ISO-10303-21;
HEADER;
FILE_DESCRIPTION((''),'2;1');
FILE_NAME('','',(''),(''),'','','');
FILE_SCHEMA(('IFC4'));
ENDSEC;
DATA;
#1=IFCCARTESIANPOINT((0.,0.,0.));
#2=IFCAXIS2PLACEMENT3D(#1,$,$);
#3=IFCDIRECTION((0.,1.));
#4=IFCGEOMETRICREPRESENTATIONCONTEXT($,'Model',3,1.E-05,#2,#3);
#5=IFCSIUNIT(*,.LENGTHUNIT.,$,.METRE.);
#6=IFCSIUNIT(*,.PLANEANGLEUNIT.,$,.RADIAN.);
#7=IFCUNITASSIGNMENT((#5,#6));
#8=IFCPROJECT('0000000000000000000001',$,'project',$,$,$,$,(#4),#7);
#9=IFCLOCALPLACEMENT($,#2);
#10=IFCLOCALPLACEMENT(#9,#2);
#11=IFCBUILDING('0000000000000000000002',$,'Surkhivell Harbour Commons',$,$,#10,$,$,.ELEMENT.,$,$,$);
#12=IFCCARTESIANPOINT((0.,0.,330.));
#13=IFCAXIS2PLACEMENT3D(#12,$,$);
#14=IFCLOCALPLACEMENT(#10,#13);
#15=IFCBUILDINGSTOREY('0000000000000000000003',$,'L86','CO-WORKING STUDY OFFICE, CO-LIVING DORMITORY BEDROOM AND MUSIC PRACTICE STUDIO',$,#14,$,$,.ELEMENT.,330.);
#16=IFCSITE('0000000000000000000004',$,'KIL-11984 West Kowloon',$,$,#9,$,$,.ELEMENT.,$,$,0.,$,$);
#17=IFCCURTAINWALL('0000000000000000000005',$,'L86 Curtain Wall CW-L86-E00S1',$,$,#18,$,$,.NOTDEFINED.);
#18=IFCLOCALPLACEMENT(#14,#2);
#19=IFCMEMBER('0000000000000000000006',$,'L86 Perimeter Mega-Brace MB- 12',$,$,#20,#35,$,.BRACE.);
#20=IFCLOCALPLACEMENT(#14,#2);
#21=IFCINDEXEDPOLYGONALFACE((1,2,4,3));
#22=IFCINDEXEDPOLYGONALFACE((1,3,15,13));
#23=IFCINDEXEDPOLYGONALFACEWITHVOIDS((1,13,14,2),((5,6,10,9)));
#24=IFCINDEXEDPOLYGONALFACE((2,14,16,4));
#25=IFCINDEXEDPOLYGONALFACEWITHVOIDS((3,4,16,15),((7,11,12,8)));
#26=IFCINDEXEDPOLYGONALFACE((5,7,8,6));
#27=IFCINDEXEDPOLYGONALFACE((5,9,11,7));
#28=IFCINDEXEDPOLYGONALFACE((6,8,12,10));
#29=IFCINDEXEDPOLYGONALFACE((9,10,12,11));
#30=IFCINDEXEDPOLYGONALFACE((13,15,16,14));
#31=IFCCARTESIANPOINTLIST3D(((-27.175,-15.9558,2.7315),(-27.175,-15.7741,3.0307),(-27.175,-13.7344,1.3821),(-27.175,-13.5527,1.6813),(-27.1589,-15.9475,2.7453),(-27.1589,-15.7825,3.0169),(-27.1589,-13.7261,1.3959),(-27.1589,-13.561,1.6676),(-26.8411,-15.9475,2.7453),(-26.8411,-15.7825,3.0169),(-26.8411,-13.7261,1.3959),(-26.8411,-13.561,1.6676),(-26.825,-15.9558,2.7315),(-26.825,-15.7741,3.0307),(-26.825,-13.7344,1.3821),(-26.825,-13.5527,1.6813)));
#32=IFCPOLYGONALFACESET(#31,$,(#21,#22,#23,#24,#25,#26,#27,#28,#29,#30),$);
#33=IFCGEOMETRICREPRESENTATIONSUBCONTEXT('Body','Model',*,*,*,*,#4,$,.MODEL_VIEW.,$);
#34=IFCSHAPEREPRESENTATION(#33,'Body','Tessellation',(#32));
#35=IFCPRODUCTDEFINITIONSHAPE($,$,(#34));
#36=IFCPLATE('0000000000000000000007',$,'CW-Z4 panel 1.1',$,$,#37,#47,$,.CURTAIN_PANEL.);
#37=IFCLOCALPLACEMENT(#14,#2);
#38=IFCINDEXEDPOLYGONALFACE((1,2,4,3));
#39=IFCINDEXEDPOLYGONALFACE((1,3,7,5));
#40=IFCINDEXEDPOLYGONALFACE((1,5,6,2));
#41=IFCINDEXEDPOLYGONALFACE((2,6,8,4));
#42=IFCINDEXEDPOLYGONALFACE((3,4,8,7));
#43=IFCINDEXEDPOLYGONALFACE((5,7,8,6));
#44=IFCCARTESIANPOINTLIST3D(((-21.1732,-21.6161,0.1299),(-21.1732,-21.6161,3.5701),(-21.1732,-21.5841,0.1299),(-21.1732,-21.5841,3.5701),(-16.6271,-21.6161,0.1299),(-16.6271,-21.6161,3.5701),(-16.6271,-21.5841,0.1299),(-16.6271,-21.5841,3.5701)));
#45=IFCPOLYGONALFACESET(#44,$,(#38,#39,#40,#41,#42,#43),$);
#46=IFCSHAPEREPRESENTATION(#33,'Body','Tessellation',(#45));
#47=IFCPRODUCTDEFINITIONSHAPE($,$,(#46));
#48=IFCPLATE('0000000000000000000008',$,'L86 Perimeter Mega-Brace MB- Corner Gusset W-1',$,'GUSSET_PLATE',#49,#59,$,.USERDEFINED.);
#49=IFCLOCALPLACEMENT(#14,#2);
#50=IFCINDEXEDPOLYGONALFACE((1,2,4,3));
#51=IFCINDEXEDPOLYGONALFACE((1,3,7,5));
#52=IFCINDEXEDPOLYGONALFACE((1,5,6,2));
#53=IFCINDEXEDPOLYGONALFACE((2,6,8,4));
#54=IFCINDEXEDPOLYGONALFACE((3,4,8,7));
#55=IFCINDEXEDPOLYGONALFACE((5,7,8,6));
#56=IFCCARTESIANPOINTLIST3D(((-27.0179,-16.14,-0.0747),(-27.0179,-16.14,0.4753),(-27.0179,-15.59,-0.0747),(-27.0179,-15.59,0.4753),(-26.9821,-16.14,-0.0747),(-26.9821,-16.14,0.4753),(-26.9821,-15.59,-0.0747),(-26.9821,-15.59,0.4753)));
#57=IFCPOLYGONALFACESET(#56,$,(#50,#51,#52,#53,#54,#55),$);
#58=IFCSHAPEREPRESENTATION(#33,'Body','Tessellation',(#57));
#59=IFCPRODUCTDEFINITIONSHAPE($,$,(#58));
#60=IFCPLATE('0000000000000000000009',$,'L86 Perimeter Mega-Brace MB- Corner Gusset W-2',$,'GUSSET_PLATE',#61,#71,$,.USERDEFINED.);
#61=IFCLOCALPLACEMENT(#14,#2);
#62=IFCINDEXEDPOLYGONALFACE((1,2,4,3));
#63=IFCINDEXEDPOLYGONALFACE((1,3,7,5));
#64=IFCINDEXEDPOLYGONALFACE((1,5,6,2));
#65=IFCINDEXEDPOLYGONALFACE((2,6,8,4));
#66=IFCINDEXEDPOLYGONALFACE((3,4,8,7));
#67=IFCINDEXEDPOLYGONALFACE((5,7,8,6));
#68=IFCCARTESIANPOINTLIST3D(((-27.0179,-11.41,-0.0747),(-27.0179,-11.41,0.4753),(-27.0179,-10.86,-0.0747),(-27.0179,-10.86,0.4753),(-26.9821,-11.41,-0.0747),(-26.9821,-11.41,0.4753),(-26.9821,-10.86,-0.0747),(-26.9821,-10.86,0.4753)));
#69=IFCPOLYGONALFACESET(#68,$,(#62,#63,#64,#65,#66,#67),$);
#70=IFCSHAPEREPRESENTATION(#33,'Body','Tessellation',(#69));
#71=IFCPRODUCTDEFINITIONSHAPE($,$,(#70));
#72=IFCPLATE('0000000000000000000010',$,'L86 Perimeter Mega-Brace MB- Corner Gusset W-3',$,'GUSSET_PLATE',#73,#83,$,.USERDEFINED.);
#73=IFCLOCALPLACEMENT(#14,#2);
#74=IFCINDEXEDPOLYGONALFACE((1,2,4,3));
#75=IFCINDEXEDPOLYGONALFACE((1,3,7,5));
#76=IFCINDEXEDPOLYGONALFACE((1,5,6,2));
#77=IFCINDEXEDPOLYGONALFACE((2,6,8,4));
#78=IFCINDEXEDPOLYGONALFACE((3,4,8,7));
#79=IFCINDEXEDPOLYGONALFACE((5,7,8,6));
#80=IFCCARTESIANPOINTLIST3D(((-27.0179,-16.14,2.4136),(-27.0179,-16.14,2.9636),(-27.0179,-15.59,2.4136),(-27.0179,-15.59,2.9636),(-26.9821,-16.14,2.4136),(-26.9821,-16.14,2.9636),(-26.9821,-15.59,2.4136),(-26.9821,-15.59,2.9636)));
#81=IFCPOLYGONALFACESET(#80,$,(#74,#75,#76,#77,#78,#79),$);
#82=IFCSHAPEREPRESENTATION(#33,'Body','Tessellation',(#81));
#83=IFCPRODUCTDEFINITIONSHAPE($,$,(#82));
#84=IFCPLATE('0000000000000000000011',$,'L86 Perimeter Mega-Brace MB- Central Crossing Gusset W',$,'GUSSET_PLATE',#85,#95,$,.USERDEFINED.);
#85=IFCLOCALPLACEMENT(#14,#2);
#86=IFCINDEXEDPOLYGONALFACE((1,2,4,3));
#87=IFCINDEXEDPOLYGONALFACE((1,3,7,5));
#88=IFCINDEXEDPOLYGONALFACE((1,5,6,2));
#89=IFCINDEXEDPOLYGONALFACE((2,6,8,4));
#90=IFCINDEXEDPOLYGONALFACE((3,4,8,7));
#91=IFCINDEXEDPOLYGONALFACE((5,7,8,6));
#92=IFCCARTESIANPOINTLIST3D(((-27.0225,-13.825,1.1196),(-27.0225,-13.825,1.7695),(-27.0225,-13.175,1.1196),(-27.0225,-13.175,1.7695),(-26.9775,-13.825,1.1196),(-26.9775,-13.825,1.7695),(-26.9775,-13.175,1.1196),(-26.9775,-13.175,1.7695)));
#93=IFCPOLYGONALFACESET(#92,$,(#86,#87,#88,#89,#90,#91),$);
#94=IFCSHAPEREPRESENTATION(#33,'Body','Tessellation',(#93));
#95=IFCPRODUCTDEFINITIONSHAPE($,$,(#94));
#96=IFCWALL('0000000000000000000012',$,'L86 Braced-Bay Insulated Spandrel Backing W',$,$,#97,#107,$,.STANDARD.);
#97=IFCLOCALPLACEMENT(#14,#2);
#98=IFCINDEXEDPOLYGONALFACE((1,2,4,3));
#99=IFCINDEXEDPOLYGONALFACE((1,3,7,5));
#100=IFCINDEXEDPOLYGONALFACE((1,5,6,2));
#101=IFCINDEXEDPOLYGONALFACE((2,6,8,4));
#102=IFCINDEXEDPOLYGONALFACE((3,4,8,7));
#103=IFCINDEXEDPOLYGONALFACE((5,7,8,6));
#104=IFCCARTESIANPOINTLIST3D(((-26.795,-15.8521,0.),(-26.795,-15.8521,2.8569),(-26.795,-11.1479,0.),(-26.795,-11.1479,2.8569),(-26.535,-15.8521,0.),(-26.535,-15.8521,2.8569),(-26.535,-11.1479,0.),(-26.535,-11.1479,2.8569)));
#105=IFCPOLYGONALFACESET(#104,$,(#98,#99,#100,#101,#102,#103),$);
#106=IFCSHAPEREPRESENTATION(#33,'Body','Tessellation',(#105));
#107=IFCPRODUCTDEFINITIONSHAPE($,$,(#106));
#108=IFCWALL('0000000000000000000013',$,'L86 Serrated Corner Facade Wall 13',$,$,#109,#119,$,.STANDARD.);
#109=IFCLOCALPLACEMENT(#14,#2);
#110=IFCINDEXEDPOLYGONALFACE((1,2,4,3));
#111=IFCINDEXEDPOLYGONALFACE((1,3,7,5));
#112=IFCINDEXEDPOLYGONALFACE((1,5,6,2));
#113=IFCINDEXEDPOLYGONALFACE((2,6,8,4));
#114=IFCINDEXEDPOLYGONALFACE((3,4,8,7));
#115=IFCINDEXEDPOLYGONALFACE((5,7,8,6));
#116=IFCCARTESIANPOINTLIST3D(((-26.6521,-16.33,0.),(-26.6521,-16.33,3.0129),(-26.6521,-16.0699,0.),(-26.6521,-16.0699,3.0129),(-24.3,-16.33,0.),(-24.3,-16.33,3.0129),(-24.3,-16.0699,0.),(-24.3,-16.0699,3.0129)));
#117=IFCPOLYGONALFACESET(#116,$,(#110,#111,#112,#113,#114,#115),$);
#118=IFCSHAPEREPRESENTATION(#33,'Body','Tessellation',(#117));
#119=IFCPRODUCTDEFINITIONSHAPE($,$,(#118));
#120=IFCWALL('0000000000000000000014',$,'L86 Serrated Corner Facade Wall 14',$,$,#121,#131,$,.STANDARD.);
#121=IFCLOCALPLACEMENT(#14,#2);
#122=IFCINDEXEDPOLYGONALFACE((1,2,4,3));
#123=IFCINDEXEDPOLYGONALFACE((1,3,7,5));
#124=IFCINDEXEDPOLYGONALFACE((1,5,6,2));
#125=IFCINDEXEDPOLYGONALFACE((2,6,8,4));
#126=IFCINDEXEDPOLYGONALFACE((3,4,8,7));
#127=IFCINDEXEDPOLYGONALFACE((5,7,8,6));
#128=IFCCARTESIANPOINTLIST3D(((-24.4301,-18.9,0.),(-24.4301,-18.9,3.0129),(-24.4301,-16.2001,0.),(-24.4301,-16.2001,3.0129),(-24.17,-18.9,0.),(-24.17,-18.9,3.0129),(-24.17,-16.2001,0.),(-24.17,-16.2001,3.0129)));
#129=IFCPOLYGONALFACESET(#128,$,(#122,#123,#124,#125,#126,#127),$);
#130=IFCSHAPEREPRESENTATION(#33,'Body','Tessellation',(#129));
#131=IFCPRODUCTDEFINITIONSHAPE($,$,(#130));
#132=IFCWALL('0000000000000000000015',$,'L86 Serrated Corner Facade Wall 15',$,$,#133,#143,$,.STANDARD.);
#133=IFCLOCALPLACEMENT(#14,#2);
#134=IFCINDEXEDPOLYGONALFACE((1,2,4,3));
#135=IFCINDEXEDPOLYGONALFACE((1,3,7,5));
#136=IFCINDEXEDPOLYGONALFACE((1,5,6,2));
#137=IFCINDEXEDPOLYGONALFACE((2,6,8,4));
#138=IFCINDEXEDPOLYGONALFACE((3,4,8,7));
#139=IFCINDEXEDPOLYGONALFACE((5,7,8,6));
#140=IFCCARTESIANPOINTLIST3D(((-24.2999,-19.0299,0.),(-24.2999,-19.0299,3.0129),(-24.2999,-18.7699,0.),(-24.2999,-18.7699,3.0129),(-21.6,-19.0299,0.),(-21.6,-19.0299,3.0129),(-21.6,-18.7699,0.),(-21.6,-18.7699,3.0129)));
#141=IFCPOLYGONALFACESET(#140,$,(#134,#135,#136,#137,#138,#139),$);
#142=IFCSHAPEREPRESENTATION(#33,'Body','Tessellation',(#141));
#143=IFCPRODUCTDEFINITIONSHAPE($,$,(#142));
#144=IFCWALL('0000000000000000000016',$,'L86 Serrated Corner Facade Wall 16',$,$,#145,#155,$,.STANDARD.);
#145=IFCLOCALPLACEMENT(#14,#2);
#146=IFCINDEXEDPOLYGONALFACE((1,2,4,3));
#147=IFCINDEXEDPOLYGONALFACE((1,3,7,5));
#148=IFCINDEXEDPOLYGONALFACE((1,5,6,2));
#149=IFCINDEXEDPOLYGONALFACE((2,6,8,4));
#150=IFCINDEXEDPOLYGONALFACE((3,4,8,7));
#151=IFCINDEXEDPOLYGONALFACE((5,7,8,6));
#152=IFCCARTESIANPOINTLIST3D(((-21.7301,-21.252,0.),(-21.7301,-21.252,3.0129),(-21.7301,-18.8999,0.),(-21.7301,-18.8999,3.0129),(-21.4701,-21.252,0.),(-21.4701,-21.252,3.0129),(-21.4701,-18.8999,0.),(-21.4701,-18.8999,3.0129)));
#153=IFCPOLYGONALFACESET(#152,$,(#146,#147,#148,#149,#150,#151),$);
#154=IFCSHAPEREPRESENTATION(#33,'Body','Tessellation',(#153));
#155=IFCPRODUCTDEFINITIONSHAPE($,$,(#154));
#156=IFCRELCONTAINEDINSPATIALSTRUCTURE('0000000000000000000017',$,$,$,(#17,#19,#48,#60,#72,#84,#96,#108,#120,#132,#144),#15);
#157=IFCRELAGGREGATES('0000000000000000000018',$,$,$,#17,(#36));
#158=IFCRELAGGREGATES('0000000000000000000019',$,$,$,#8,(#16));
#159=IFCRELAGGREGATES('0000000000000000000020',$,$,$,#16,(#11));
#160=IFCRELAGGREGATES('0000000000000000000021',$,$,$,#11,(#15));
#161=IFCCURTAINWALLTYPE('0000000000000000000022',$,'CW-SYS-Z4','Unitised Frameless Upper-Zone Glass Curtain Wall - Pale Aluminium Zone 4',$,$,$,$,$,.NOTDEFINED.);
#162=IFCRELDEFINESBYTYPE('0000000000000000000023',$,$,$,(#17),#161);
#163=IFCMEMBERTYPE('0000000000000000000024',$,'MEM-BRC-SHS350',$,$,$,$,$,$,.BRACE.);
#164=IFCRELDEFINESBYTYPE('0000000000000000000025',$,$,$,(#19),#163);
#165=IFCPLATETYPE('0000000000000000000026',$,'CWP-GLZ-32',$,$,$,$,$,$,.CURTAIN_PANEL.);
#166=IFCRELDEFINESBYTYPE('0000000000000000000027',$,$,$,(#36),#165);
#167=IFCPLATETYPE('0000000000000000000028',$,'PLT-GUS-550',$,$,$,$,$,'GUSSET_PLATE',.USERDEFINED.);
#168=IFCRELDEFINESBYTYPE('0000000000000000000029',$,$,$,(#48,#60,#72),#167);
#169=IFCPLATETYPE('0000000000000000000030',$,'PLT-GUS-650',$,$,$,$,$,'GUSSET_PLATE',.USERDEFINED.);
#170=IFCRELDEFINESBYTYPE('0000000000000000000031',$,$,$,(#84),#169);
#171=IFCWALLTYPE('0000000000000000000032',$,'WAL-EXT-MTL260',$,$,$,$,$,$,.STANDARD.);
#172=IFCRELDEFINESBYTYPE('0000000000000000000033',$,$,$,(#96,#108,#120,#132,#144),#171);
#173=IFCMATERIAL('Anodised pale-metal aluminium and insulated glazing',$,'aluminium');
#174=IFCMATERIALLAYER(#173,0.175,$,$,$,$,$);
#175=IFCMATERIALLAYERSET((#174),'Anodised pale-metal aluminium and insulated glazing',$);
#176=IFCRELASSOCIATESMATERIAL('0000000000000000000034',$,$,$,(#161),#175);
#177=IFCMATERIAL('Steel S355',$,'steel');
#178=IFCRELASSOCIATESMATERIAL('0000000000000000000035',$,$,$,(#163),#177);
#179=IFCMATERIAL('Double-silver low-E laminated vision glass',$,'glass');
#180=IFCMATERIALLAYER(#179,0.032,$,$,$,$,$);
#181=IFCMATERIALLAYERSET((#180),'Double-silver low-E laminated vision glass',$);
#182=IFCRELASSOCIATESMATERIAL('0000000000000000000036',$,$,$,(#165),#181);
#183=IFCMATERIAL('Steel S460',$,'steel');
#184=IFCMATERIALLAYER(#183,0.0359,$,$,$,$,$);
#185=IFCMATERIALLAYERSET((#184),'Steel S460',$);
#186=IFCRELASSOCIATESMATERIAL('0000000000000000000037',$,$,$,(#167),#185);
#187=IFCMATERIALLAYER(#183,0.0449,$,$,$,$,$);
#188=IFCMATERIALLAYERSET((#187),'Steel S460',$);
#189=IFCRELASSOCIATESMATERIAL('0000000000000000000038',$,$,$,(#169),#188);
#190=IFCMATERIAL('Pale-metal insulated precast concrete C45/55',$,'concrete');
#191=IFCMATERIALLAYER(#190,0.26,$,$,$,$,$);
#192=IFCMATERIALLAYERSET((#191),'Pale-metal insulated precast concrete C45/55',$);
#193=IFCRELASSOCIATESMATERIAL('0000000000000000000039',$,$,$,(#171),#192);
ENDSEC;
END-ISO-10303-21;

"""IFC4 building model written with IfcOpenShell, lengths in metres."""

from ifc_helpers import new_model, si_unit, direction, frame, frame_2d, origin, origin_2d, place, context, subcontext, project, spatial, rectangle, hollow_rectangle, extrude, material, layer, layer_set, material_profile, profile_set, type_object, element, aggregate, save


model = new_model("IFC4")

# Units and contexts
model_context = context("Model", 3, precision=1e-05, world=origin(), true_north=direction((0.0, 1.0)))
body_context = subcontext(model_context, "Body", "Model", "MODEL_VIEW")
ifc_project = project(units=[si_unit("LENGTHUNIT", "METRE"), si_unit("PLANEANGLEUNIT", "RADIAN")], contexts=[model_context])

# Site, building, storey
site_placement = place(None, origin())
site = spatial("IfcSite", under=ifc_project, at=site_placement, Name="KIL-11984 West Kowloon", CompositionType="ELEMENT", RefElevation=0.0)
building_placement = place(site_placement, origin())
building = spatial("IfcBuilding", under=site, at=building_placement, Name="Surkhivell Harbour Commons", CompositionType="ELEMENT")
storey_placement = place(building_placement, frame((0.0, 0.0, 330.0)))
storey = spatial("IfcBuildingStorey", under=building, at=storey_placement, Name="L86", Description="CO-WORKING STUDY OFFICE, CO-LIVING DORMITORY BEDROOM AND MUSIC PRACTICE STUDIO", CompositionType="ELEMENT", Elevation=330.0)

# Shared definitions
ifc_material_1 = material(Name="Steel S355", Category="steel")

# Curtain wall
ifc_material_2 = material(Name="Anodised pale-metal aluminium and insulated glazing", Category="aluminium")
ifc_layer_1 = layer(ifc_material_2, 0.175)
ifc_layer_set_1 = layer_set([ifc_layer_1], Name="Anodised pale-metal aluminium and insulated glazing")
curtain_wall_type = type_object("IfcCurtainWallType", Name="CW-SYS-Z4", Description="Unitised Frameless Upper-Zone Glass Curtain Wall - Pale Aluminium Zone 4", PredefinedType="NOTDEFINED", material=ifc_layer_set_1)
curtain_wall_placement = place(storey_placement, origin())
curtain_wall = element("IfcCurtainWall", 1, at=curtain_wall_placement, inside=storey, type_object=curtain_wall_type, Name="L86 Curtain Wall CW-L86-E00S1", PredefinedType="NOTDEFINED")

# Member
ifc_material_profile_1 = material_profile(ifc_material_1, hollow_rectangle(XDim=0.3501, YDim=0.3501, WallThickness=0.0161, at=origin_2d()), Name="SHS350x350x16")
ifc_profile_set_1 = profile_set([ifc_material_profile_1], Name="Steel S355")
member_type_1 = type_object("IfcMemberType", Name="MEM-BRC-SHS350", PredefinedType="BRACE", material=ifc_profile_set_1)
member_1_placement = place(storey_placement, frame((-27.0, -13.6436, 1.5317), z_axis=(0.0, -0.854679, 0.519157), x_axis=(1.0, 0.0, 0.0)))
element("IfcMember", 2, at=member_1_placement, inside=storey, type_object=member_type_1, Name="L86 Perimeter Mega-Brace MB- 12", PredefinedType="BRACE", context=body_context, shape_type="SweptSolid", body=[
    extrude(hollow_rectangle(XDim=0.3501, YDim=0.3501, WallThickness=0.0161, at=origin_2d()), origin(), (0.0, 0.0, 1.0), 2.5991),
])

# Plate
ifc_material_3 = material(Name="Double-silver low-E laminated vision glass", Category="glass")
ifc_layer_2 = layer(ifc_material_3, 0.032)
ifc_layer_set_2 = layer_set([ifc_layer_2], Name="Double-silver low-E laminated vision glass")
plate_type_1 = type_object("IfcPlateType", Name="CWP-GLZ-32", PredefinedType="CURTAIN_PANEL", material=ifc_layer_set_2)
plate_1_placement = place(storey_placement, frame((-21.1731, -21.6001, 0.1299), z_axis=(0.0, 0.0, 1.0), x_axis=(1.0, 0.0, 0.0)))
plate_1 = element("IfcPlate", 3, at=plate_1_placement, type_object=plate_type_1, Name="CW-Z4 panel 1.1", PredefinedType="CURTAIN_PANEL", context=body_context, shape_type="SweptSolid", body=[
    extrude(rectangle(XDim=4.5461, YDim=0.032, at=frame_2d((2.2729, 0.0))), origin(), (0.0, 0.0, 1.0), 3.4402),
])
aggregate(curtain_wall, [plate_1])

# Plates
ifc_material_4 = material(Name="Steel S460", Category="steel")
ifc_layer_3 = layer(ifc_material_4, 0.0359)
ifc_layer_set_3 = layer_set([ifc_layer_3], Name="Steel S460")
plate_type_2 = type_object("IfcPlateType", Name="PLT-GUS-550", ElementType="GUSSET_PLATE", PredefinedType="USERDEFINED", material=ifc_layer_set_3)
for number, where, z_axis, x_axis, name in (
    (4, (-27.0, -15.865, -0.0747), (0.0, 0.0, 1.0), (0.0, 1.0, 0.0), "L86 Perimeter Mega-Brace MB- Corner Gusset W-1"),
    (5, (-27.0, -11.135, -0.0747), (0.0, 0.0, 1.0), (0.0, 1.0, 0.0), "L86 Perimeter Mega-Brace MB- Corner Gusset W-2"),
    (6, (-27.0, -15.865, 2.4136), (0.0, 0.0, 1.0), (0.0, 1.0, 0.0), "L86 Perimeter Mega-Brace MB- Corner Gusset W-3"),
):
    element("IfcPlate", number, at=place(storey_placement, frame(where, z_axis=z_axis, x_axis=x_axis)), inside=storey, type_object=plate_type_2, Name=name, ObjectType="GUSSET_PLATE", PredefinedType="USERDEFINED", context=body_context, shape_type="SweptSolid", body=[
        extrude(rectangle(XDim=0.55, YDim=0.0359, at=origin_2d()), origin(), (0.0, 0.0, 1.0), 0.55),
    ])
ifc_layer_4 = layer(ifc_material_4, 0.0449)
ifc_layer_set_4 = layer_set([ifc_layer_4], Name="Steel S460")
plate_type_3 = type_object("IfcPlateType", Name="PLT-GUS-650", ElementType="GUSSET_PLATE", PredefinedType="USERDEFINED", material=ifc_layer_set_4)
plate_2_placement = place(storey_placement, frame((-27.0, -13.5, 1.1196), z_axis=(0.0, 0.0, 1.0), x_axis=(0.0, 1.0, 0.0)))
element("IfcPlate", 7, at=plate_2_placement, inside=storey, type_object=plate_type_3, Name="L86 Perimeter Mega-Brace MB- Central Crossing Gusset W", ObjectType="GUSSET_PLATE", PredefinedType="USERDEFINED", context=body_context, shape_type="SweptSolid", body=[
    extrude(rectangle(XDim=0.6499, YDim=0.0449, at=origin_2d()), origin(), (0.0, 0.0, 1.0), 0.6499),
])

# Walls
ifc_material_5 = material(Name="Pale-metal insulated precast concrete C45/55", Category="concrete")
ifc_layer_5 = layer(ifc_material_5, 0.26)
ifc_layer_set_5 = layer_set([ifc_layer_5], Name="Pale-metal insulated precast concrete C45/55")
wall_type = type_object("IfcWallType", Name="WAL-EXT-MTL260", PredefinedType="STANDARD", material=ifc_layer_set_5)
wall_1_placement = place(storey_placement, frame((-26.665, -11.1479, 0.0), z_axis=(0.0, 0.0, 1.0), x_axis=(0.0, -1.0, 0.0)))
element("IfcWall", 8, at=wall_1_placement, inside=storey, type_object=wall_type, Name="L86 Braced-Bay Insulated Spandrel Backing W", PredefinedType="STANDARD", context=body_context, shape_type="SweptSolid", body=[
    extrude(rectangle(XDim=4.7041, YDim=0.26, at=frame_2d((2.3521, 0.0))), origin(), (0.0, 0.0, 1.0), 2.8569),
])
wall_2_placement = place(storey_placement, frame((-26.6521, -16.2, 0.0), z_axis=(0.0, 0.0, 1.0), x_axis=(1.0, 0.0, 0.0)))
element("IfcWall", 9, at=wall_2_placement, inside=storey, type_object=wall_type, Name="L86 Serrated Corner Facade Wall 13", PredefinedType="STANDARD", context=body_context, shape_type="SweptSolid", body=[
    extrude(rectangle(XDim=2.3521, YDim=0.26, at=frame_2d((1.176, 0.0))), origin(), (0.0, 0.0, 1.0), 3.0129),
])
for number, where, z_axis, x_axis, name in (
    (10, (-24.3, -16.2, 0.0), (0.0, 0.0, 1.0), (0.0, -1.0, 0.0), "L86 Serrated Corner Facade Wall 14"),
    (11, (-24.3, -18.8999, 0.0), (0.0, 0.0, 1.0), (1.0, 0.0, 0.0), "L86 Serrated Corner Facade Wall 15"),
):
    element("IfcWall", number, at=place(storey_placement, frame(where, z_axis=z_axis, x_axis=x_axis)), inside=storey, type_object=wall_type, Name=name, PredefinedType="STANDARD", context=body_context, shape_type="SweptSolid", body=[
        extrude(rectangle(XDim=2.7, YDim=0.26, at=frame_2d((1.3501, 0.0))), origin(), (0.0, 0.0, 1.0), 3.0129),
    ])
wall_3_placement = place(storey_placement, frame((-21.6001, -18.8999, 0.0), z_axis=(0.0, 0.0, 1.0), x_axis=(0.0, -1.0, 0.0)))
element("IfcWall", 12, at=wall_3_placement, inside=storey, type_object=wall_type, Name="L86 Serrated Corner Facade Wall 16", PredefinedType="STANDARD", context=body_context, shape_type="SweptSolid", body=[
    extrude(rectangle(XDim=2.3521, YDim=0.26, at=frame_2d((1.176, 0.0))), origin(), (0.0, 0.0, 1.0), 3.0129),
])

save(model, "model.ifc")
